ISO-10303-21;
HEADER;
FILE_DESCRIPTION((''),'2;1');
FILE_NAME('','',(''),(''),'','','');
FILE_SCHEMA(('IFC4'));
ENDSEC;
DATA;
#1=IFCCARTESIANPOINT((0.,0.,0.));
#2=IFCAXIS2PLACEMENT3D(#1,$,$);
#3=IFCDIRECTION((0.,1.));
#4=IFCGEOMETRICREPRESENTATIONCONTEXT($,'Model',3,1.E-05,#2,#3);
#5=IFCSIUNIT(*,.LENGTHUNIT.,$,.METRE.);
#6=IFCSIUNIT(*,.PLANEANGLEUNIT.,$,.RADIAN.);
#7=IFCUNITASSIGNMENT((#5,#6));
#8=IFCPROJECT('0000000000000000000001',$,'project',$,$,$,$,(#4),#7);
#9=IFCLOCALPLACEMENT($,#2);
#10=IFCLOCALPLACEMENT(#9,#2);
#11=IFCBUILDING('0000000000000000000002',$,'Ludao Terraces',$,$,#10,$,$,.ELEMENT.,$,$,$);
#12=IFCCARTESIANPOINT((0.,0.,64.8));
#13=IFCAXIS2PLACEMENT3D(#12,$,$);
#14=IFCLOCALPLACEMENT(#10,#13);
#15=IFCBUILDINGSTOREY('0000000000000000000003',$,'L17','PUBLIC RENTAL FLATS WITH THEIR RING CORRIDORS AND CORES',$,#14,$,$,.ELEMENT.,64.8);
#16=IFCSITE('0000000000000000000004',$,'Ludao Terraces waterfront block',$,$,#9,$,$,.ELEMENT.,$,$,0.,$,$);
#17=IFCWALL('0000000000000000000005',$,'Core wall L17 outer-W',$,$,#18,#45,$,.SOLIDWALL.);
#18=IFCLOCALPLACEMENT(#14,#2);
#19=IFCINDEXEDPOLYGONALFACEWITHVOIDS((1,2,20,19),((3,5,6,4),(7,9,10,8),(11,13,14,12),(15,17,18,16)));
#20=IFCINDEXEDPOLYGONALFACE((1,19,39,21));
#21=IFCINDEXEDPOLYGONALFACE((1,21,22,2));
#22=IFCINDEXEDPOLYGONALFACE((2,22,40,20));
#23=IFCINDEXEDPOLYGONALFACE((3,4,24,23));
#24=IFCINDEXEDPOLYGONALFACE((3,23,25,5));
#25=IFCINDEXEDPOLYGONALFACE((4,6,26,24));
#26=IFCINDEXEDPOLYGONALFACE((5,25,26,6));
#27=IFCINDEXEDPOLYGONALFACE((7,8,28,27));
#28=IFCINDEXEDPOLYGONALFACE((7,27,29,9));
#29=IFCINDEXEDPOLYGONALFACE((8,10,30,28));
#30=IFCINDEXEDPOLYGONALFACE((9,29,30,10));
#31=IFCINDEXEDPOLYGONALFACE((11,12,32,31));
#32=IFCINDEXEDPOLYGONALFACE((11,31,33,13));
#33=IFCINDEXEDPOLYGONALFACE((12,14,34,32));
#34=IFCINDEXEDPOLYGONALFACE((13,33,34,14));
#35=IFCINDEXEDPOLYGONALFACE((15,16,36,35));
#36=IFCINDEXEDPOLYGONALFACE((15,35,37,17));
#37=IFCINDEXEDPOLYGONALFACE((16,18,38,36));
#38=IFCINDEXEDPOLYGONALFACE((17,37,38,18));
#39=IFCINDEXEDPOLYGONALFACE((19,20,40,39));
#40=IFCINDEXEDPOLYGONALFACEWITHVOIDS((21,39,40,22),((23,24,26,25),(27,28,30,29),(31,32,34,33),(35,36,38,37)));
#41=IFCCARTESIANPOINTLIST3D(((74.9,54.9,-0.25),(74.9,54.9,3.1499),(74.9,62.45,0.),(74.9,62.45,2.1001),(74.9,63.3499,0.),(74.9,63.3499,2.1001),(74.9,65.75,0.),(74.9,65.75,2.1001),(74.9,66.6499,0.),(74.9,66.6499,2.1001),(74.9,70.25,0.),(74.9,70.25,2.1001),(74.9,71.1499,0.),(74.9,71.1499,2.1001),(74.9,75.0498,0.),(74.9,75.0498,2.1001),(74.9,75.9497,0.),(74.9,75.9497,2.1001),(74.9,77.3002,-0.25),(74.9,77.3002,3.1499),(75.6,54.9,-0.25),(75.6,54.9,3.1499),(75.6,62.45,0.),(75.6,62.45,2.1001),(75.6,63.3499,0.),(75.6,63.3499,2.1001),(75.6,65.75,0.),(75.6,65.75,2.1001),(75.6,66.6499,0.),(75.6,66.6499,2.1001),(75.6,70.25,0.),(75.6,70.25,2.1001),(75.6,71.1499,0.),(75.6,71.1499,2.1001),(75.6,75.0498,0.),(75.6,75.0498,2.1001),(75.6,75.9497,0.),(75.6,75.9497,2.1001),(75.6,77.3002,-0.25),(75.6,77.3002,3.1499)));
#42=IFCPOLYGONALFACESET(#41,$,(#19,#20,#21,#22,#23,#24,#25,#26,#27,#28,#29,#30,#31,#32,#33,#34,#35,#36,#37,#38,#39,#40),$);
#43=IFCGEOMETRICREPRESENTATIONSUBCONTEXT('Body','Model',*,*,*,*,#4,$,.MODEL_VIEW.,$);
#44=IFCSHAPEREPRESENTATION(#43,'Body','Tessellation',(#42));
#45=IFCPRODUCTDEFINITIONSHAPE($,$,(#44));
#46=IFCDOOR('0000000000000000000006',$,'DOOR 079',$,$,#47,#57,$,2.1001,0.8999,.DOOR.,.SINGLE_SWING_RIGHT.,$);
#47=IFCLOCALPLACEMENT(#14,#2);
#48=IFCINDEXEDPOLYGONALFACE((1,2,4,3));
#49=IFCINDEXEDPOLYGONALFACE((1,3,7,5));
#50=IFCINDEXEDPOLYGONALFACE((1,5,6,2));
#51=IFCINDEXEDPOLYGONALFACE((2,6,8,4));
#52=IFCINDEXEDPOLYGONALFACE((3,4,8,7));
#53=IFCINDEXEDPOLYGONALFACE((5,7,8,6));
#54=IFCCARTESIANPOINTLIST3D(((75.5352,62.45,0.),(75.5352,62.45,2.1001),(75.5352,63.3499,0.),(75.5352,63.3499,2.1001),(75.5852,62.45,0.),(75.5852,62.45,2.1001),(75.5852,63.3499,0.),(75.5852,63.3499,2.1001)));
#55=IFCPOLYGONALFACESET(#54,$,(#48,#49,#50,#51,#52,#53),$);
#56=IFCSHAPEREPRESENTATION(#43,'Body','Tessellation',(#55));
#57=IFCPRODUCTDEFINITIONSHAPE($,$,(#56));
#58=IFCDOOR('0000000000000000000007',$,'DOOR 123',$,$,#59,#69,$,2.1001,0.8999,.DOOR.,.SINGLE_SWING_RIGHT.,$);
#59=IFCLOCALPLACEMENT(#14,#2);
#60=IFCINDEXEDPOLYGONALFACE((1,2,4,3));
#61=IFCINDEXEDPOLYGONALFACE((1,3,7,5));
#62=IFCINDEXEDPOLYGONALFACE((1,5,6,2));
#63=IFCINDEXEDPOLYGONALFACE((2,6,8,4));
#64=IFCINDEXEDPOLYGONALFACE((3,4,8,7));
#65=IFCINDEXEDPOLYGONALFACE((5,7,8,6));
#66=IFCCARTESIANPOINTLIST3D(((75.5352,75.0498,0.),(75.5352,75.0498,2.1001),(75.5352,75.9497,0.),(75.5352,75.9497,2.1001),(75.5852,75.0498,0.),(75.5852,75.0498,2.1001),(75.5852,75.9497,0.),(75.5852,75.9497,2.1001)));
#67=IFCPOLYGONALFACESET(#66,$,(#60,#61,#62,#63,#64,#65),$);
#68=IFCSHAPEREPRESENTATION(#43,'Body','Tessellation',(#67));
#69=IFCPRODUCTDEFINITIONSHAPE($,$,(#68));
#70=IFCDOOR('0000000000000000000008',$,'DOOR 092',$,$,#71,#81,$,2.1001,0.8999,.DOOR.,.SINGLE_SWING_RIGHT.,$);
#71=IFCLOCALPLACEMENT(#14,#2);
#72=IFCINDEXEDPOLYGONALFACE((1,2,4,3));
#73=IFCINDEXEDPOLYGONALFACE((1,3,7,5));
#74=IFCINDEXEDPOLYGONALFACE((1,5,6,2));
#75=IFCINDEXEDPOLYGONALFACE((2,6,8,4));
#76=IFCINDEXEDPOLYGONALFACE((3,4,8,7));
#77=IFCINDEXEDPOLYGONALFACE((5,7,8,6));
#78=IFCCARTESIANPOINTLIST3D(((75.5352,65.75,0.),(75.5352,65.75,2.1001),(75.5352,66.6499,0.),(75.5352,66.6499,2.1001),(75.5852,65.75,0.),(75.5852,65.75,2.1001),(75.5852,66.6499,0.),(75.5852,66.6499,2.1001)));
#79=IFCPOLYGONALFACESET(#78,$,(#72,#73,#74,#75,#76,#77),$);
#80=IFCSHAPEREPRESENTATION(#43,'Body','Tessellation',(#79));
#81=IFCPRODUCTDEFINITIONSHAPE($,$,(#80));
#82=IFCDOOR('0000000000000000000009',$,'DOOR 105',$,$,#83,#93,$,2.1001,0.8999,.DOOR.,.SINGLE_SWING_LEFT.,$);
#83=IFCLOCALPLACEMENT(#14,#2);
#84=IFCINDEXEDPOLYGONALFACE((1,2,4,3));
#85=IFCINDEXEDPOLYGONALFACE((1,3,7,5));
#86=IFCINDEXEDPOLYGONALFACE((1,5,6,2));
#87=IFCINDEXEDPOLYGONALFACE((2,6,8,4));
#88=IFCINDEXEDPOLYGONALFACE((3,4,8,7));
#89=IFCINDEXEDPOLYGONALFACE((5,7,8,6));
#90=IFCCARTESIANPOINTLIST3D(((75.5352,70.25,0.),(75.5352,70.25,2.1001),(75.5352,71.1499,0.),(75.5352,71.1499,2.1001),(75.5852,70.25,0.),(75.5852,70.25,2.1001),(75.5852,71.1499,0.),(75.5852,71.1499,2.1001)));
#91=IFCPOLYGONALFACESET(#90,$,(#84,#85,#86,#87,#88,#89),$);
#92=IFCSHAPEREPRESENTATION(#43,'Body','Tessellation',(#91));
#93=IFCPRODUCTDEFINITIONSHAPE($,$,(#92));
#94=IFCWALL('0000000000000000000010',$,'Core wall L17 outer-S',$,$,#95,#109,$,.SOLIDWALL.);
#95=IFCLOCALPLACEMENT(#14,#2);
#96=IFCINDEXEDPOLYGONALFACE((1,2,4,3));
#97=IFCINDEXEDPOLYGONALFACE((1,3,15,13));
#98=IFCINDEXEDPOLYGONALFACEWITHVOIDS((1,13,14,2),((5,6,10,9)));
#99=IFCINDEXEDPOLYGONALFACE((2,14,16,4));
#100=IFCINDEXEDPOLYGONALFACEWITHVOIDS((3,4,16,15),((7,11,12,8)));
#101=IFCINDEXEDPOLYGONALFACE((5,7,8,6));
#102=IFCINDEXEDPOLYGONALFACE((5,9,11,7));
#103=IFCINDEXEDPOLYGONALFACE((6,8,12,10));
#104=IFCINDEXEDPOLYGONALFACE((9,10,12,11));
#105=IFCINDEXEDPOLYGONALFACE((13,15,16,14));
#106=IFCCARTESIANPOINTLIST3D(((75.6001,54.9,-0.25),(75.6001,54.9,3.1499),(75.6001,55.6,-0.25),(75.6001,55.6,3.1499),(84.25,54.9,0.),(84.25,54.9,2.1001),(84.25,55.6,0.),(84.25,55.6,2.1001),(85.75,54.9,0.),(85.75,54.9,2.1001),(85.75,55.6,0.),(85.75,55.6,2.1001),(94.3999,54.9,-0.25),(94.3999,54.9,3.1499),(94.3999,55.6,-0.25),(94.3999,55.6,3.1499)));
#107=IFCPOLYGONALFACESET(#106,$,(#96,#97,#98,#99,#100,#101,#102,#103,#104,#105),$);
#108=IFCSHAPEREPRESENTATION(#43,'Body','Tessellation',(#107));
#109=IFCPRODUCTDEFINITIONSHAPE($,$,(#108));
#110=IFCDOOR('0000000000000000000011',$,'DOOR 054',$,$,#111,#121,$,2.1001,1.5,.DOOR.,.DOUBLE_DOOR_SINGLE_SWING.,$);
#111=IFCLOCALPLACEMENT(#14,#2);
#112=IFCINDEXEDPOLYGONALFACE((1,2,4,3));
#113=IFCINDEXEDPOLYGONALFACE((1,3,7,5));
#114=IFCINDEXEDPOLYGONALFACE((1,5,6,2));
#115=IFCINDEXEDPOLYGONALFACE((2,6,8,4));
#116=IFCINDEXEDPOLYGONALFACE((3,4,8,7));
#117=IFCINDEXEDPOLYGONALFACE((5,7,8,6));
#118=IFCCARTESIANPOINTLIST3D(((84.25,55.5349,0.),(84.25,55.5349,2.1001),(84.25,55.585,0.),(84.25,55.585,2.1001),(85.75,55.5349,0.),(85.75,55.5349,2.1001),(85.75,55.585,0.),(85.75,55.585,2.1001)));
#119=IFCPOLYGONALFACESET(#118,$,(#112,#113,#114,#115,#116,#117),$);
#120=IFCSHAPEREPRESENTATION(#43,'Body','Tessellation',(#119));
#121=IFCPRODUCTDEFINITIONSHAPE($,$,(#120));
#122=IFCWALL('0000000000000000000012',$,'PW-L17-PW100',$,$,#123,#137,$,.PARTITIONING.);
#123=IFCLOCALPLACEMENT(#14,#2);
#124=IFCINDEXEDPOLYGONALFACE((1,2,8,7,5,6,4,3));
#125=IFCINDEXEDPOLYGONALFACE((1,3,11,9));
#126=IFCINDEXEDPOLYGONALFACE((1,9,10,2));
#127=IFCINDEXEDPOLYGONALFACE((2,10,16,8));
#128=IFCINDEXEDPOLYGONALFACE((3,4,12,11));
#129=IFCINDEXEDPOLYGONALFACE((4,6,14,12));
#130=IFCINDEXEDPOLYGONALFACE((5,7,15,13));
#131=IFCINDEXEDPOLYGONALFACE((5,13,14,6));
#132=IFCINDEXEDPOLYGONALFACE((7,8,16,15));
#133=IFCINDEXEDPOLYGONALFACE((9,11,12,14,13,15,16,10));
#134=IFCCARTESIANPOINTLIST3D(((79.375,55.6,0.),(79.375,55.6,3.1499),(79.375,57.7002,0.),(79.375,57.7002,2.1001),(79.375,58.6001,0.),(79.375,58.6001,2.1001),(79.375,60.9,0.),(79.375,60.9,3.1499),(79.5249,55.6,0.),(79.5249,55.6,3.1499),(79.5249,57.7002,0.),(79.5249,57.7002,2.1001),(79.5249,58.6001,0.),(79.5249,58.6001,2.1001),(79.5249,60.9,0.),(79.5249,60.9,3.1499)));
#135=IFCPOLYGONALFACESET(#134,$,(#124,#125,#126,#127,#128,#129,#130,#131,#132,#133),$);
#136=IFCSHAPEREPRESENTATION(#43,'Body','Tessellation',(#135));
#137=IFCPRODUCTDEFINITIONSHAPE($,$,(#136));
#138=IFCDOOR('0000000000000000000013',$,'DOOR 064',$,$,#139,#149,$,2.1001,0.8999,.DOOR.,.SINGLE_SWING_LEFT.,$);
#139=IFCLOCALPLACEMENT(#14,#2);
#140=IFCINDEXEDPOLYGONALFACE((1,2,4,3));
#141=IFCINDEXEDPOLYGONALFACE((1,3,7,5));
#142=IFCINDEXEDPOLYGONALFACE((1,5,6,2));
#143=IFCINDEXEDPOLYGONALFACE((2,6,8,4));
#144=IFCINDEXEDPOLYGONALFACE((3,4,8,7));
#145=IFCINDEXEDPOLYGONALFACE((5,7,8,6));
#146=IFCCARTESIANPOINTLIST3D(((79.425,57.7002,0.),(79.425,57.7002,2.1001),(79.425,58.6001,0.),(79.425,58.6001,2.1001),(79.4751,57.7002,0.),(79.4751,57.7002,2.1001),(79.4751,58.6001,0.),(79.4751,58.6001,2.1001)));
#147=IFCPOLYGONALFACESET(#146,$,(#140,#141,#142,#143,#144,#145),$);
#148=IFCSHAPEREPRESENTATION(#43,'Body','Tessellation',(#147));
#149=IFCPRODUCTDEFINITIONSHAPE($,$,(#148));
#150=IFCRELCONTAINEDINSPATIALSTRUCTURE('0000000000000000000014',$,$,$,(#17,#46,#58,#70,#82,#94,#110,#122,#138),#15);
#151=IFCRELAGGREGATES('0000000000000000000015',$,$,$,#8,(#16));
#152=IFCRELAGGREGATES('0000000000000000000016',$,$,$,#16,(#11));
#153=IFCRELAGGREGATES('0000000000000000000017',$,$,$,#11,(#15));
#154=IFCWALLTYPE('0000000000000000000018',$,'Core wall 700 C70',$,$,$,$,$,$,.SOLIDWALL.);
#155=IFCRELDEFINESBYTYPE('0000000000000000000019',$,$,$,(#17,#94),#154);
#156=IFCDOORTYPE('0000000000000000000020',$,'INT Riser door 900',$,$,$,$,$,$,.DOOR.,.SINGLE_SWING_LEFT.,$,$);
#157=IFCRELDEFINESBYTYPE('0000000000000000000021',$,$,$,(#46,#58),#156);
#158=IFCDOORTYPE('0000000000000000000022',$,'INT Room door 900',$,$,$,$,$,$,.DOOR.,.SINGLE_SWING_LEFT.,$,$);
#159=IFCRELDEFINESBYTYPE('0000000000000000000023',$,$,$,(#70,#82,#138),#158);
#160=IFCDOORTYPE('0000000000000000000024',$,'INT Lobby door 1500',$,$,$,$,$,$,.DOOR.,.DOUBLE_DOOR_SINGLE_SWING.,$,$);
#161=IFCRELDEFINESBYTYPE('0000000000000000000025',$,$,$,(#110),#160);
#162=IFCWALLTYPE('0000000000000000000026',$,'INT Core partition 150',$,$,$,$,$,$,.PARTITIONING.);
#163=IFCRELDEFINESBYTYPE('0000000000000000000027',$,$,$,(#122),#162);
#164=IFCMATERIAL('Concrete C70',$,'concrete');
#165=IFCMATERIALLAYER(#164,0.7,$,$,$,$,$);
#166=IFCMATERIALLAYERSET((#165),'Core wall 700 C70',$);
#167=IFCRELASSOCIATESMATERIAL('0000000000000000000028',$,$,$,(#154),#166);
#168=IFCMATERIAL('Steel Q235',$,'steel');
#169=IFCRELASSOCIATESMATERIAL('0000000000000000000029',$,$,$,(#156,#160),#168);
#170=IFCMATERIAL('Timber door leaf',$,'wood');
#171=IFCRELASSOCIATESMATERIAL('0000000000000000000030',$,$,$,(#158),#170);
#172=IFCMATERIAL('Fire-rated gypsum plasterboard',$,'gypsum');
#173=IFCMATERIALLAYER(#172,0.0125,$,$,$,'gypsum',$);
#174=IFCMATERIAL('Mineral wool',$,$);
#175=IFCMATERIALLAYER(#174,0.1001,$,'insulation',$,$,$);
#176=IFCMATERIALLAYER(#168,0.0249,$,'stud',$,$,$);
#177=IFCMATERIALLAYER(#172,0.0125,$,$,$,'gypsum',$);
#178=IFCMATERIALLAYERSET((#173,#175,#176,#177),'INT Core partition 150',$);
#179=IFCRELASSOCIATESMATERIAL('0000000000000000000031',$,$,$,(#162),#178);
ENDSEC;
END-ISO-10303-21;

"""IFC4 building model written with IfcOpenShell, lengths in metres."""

from ifc_helpers import new_model, si_unit, direction, frame, frame_2d, origin, place, context, subcontext, project, spatial, rectangle, extrude, material, layer, layer_set, type_object, element, fill, save


model = new_model("IFC4")

# Units and contexts
model_context = context("Model", 3, precision=1e-05, world=origin(), true_north=direction((0.0, 1.0)))
body_context = subcontext(model_context, "Body", "Model", "MODEL_VIEW")
ifc_project = project(units=[si_unit("LENGTHUNIT", "METRE"), si_unit("PLANEANGLEUNIT", "RADIAN")], contexts=[model_context])

# Site, building, storey
site_placement = place(None, origin())
site = spatial("IfcSite", under=ifc_project, at=site_placement, Name="Ludao Terraces waterfront block", CompositionType="ELEMENT", RefElevation=0.0)
building_placement = place(site_placement, origin())
building = spatial("IfcBuilding", under=site, at=building_placement, Name="Ludao Terraces", CompositionType="ELEMENT")
storey_placement = place(building_placement, frame((0.0, 0.0, 64.8)))
storey = spatial("IfcBuildingStorey", under=building, at=storey_placement, Name="L17", Description="PUBLIC RENTAL FLATS WITH THEIR RING CORRIDORS AND CORES", CompositionType="ELEMENT", Elevation=64.8)

# Wall, openings, doors
ifc_material_1 = material(Name="Concrete C70", Category="concrete")
ifc_layer_1 = layer(ifc_material_1, 0.7)
ifc_layer_set_1 = layer_set([ifc_layer_1], Name="Core wall 700 C70")
wall_type_1 = type_object("IfcWallType", Name="Core wall 700 C70", PredefinedType="SOLIDWALL", material=ifc_layer_set_1)
wall_1_placement = place(storey_placement, frame((75.25, 54.8999, -0.25), z_axis=(0.0, 0.0, 1.0), x_axis=(0.0, 1.0, 0.0)))
wall_1 = element("IfcWall", 1, at=wall_1_placement, inside=storey, type_object=wall_type_1, Name="Core wall L17 outer-W", PredefinedType="SOLIDWALL", context=body_context, shape_type="SweptSolid", body=[
    extrude(rectangle(XDim=22.4001, YDim=0.7, at=frame_2d((11.2002, 0.0))), origin(), (0.0, 0.0, 1.0), 3.3999),
])
opening_1_placement = place(wall_1_placement, frame((7.55, 0.0, 0.25)))
opening_1 = element("IfcOpeningElement", 2, at=opening_1_placement, cuts=wall_1, PredefinedType="OPENING", context=body_context, shape_type="SweptSolid", body=[
    extrude(rectangle(XDim=0.8999, YDim=2.1001, at=frame_2d((0.45, 1.05))), frame((0.0, 0.3599, 0.0), z_axis=(0.0, -1.0, 0.0), x_axis=(1.0, 0.0, 0.0)), (0.0, 0.0, 1.0), 0.72),
])
opening_2_placement = place(wall_1_placement, frame((10.8501, 0.0, 0.25)))
opening_2 = element("IfcOpeningElement", 3, at=opening_2_placement, cuts=wall_1, PredefinedType="OPENING", context=body_context, shape_type="SweptSolid", body=[
    extrude(rectangle(XDim=0.8999, YDim=2.1001, at=frame_2d((0.45, 1.05))), frame((0.0, 0.3599, 0.0), z_axis=(0.0, -1.0, 0.0), x_axis=(1.0, 0.0, 0.0)), (0.0, 0.0, 1.0), 0.72),
])
opening_3_placement = place(wall_1_placement, frame((15.3501, 0.0, 0.25)))
opening_3 = element("IfcOpeningElement", 4, at=opening_3_placement, cuts=wall_1, PredefinedType="OPENING", context=body_context, shape_type="SweptSolid", body=[
    extrude(rectangle(XDim=0.8999, YDim=2.1001, at=frame_2d((0.45, 1.05))), frame((0.0, 0.3599, 0.0), z_axis=(0.0, -1.0, 0.0), x_axis=(1.0, 0.0, 0.0)), (0.0, 0.0, 1.0), 0.72),
])
opening_4_placement = place(wall_1_placement, frame((20.1499, 0.0, 0.25)))
opening_4 = element("IfcOpeningElement", 5, at=opening_4_placement, cuts=wall_1, PredefinedType="OPENING", context=body_context, shape_type="SweptSolid", body=[
    extrude(rectangle(XDim=0.8999, YDim=2.1001, at=frame_2d((0.45, 1.05))), frame((0.0, 0.3599, 0.0), z_axis=(0.0, -1.0, 0.0), x_axis=(1.0, 0.0, 0.0)), (0.0, 0.0, 1.0), 0.72),
])
ifc_material_2 = material(Name="Steel Q235", Category="steel")
door_type_1 = type_object("IfcDoorType", Name="INT Riser door 900", OperationType="SINGLE_SWING_LEFT", PredefinedType="DOOR", material=ifc_material_2)
door_1_placement = place(opening_1_placement, origin())
door_1 = element("IfcDoor", 6, at=door_1_placement, inside=storey, type_object=door_type_1, Name="DOOR 079", OperationType="SINGLE_SWING_RIGHT", OverallHeight=2.1001, OverallWidth=0.8999, PredefinedType="DOOR", context=body_context, shape_type="SweptSolid", body=[
    extrude(rectangle(XDim=0.8999, YDim=2.1001, at=frame_2d((0.45, 1.05))), frame((0.0, -0.2852, 0.0), z_axis=(0.0, -1.0, 0.0), x_axis=(1.0, 0.0, 0.0)), (0.0, 0.0, 1.0), 0.05),
])
fill(opening_1, door_1)
door_2_placement = place(opening_4_placement, origin())
door_2 = element("IfcDoor", 7, at=door_2_placement, inside=storey, type_object=door_type_1, Name="DOOR 123", OperationType="SINGLE_SWING_RIGHT", OverallHeight=2.1001, OverallWidth=0.8999, PredefinedType="DOOR", context=body_context, shape_type="SweptSolid", body=[
    extrude(rectangle(XDim=0.8999, YDim=2.1001, at=frame_2d((0.45, 1.05))), frame((0.0, -0.2852, 0.0), z_axis=(0.0, -1.0, 0.0), x_axis=(1.0, 0.0, 0.0)), (0.0, 0.0, 1.0), 0.05),
])
fill(opening_4, door_2)
ifc_material_3 = material(Name="Timber door leaf", Category="wood")
door_type_2 = type_object("IfcDoorType", Name="INT Room door 900", OperationType="SINGLE_SWING_LEFT", PredefinedType="DOOR", material=ifc_material_3)
door_3_placement = place(opening_2_placement, origin())
door_3 = element("IfcDoor", 8, at=door_3_placement, inside=storey, type_object=door_type_2, Name="DOOR 092", OperationType="SINGLE_SWING_RIGHT", OverallHeight=2.1001, OverallWidth=0.8999, PredefinedType="DOOR", context=body_context, shape_type="SweptSolid", body=[
    extrude(rectangle(XDim=0.8999, YDim=2.1001, at=frame_2d((0.45, 1.05))), frame((0.0, -0.2852, 0.0), z_axis=(0.0, -1.0, 0.0), x_axis=(1.0, 0.0, 0.0)), (0.0, 0.0, 1.0), 0.05),
])
fill(opening_2, door_3)
door_4_placement = place(opening_3_placement, origin())
door_4 = element("IfcDoor", 9, at=door_4_placement, inside=storey, type_object=door_type_2, Name="DOOR 105", OperationType="SINGLE_SWING_LEFT", OverallHeight=2.1001, OverallWidth=0.8999, PredefinedType="DOOR", context=body_context, shape_type="SweptSolid", body=[
    extrude(rectangle(XDim=0.8999, YDim=2.1001, at=frame_2d((0.45, 1.05))), frame((0.0, -0.2852, 0.0), z_axis=(0.0, -1.0, 0.0), x_axis=(1.0, 0.0, 0.0)), (0.0, 0.0, 1.0), 0.05),
])
fill(opening_3, door_4)

# Walls, openings, doors
wall_2_placement = place(storey_placement, frame((75.6001, 55.25, -0.25), z_axis=(0.0, 0.0, 1.0), x_axis=(1.0, 0.0, 0.0)))
wall_2 = element("IfcWall", 10, at=wall_2_placement, inside=storey, type_object=wall_type_1, Name="Core wall L17 outer-S", PredefinedType="SOLIDWALL", context=body_context, shape_type="SweptSolid", body=[
    extrude(rectangle(XDim=18.7998, YDim=0.7, at=frame_2d((9.3999, 0.0))), origin(), (0.0, 0.0, 1.0), 3.3999),
])
opening_5_placement = place(wall_2_placement, frame((8.6499, 0.0, 0.25)))
opening_5 = element("IfcOpeningElement", 11, at=opening_5_placement, cuts=wall_2, PredefinedType="OPENING", context=body_context, shape_type="SweptSolid", body=[
    extrude(rectangle(XDim=1.5, YDim=2.1001, at=frame_2d((0.75, 1.05))), frame((0.0, 0.3599, 0.0), z_axis=(0.0, -1.0, 0.0), x_axis=(1.0, 0.0, 0.0)), (0.0, 0.0, 1.0), 0.72),
])
door_type_3 = type_object("IfcDoorType", Name="INT Lobby door 1500", OperationType="DOUBLE_DOOR_SINGLE_SWING", PredefinedType="DOOR", material=ifc_material_2)
door_5_placement = place(opening_5_placement, origin())
door_5 = element("IfcDoor", 12, at=door_5_placement, inside=storey, type_object=door_type_3, Name="DOOR 054", OperationType="DOUBLE_DOOR_SINGLE_SWING", OverallHeight=2.1001, OverallWidth=1.5, PredefinedType="DOOR", context=body_context, shape_type="SweptSolid", body=[
    extrude(rectangle(XDim=1.5, YDim=2.1001, at=frame_2d((0.75, 1.05))), frame((0.0, 0.335, 0.0), z_axis=(0.0, -1.0, 0.0), x_axis=(1.0, 0.0, 0.0)), (0.0, 0.0, 1.0), 0.05),
])
fill(opening_5, door_5)
ifc_material_4 = material(Name="Fire-rated gypsum plasterboard", Category="gypsum")
ifc_layer_2 = layer(ifc_material_4, 0.0125, Category="gypsum")
ifc_material_5 = material(Name="Mineral wool")
ifc_layer_3 = layer(ifc_material_5, 0.1001, Name="insulation")
ifc_layer_4 = layer(ifc_material_2, 0.0249, Name="stud")
ifc_layer_5 = layer(ifc_material_4, 0.0125, Category="gypsum")
ifc_layer_set_2 = layer_set([ifc_layer_2, ifc_layer_3, ifc_layer_4, ifc_layer_5], Name="INT Core partition 150")
wall_type_2 = type_object("IfcWallType", Name="INT Core partition 150", PredefinedType="PARTITIONING", material=ifc_layer_set_2)
wall_3_placement = place(storey_placement, frame((79.45, 55.6001, 0.0), z_axis=(0.0, 0.0, 1.0), x_axis=(0.0, 1.0, 0.0)))
wall_3 = element("IfcWall", 13, at=wall_3_placement, inside=storey, type_object=wall_type_2, Name="PW-L17-PW100", PredefinedType="PARTITIONING", context=body_context, shape_type="SweptSolid", body=[
    extrude(rectangle(XDim=5.3, YDim=0.1499, at=frame_2d((2.6499, 0.0))), origin(), (0.0, 0.0, 1.0), 3.1499),
])
opening_6_placement = place(wall_3_placement, frame((2.1001, 0.0, 0.0)))
opening_6 = element("IfcOpeningElement", 14, at=opening_6_placement, cuts=wall_3, PredefinedType="OPENING", context=body_context, shape_type="SweptSolid", body=[
    extrude(rectangle(XDim=0.8999, YDim=2.1001, at=frame_2d((0.45, 1.05))), frame((0.0, 0.085, 0.0), z_axis=(0.0, -1.0, 0.0), x_axis=(1.0, 0.0, 0.0)), (0.0, 0.0, 1.0), 0.1699),
])
door_6_placement = place(opening_6_placement, origin())
door_6 = element("IfcDoor", 15, at=door_6_placement, inside=storey, type_object=door_type_2, Name="DOOR 064", OperationType="SINGLE_SWING_LEFT", OverallHeight=2.1001, OverallWidth=0.8999, PredefinedType="DOOR", context=body_context, shape_type="SweptSolid", body=[
    extrude(rectangle(XDim=0.8999, YDim=2.1001, at=frame_2d((0.45, 1.05))), frame((0.0, 0.0249, 0.0), z_axis=(0.0, -1.0, 0.0), x_axis=(1.0, 0.0, 0.0)), (0.0, 0.0, 1.0), 0.05),
])
fill(opening_6, door_6)

save(model, "model.ifc")
